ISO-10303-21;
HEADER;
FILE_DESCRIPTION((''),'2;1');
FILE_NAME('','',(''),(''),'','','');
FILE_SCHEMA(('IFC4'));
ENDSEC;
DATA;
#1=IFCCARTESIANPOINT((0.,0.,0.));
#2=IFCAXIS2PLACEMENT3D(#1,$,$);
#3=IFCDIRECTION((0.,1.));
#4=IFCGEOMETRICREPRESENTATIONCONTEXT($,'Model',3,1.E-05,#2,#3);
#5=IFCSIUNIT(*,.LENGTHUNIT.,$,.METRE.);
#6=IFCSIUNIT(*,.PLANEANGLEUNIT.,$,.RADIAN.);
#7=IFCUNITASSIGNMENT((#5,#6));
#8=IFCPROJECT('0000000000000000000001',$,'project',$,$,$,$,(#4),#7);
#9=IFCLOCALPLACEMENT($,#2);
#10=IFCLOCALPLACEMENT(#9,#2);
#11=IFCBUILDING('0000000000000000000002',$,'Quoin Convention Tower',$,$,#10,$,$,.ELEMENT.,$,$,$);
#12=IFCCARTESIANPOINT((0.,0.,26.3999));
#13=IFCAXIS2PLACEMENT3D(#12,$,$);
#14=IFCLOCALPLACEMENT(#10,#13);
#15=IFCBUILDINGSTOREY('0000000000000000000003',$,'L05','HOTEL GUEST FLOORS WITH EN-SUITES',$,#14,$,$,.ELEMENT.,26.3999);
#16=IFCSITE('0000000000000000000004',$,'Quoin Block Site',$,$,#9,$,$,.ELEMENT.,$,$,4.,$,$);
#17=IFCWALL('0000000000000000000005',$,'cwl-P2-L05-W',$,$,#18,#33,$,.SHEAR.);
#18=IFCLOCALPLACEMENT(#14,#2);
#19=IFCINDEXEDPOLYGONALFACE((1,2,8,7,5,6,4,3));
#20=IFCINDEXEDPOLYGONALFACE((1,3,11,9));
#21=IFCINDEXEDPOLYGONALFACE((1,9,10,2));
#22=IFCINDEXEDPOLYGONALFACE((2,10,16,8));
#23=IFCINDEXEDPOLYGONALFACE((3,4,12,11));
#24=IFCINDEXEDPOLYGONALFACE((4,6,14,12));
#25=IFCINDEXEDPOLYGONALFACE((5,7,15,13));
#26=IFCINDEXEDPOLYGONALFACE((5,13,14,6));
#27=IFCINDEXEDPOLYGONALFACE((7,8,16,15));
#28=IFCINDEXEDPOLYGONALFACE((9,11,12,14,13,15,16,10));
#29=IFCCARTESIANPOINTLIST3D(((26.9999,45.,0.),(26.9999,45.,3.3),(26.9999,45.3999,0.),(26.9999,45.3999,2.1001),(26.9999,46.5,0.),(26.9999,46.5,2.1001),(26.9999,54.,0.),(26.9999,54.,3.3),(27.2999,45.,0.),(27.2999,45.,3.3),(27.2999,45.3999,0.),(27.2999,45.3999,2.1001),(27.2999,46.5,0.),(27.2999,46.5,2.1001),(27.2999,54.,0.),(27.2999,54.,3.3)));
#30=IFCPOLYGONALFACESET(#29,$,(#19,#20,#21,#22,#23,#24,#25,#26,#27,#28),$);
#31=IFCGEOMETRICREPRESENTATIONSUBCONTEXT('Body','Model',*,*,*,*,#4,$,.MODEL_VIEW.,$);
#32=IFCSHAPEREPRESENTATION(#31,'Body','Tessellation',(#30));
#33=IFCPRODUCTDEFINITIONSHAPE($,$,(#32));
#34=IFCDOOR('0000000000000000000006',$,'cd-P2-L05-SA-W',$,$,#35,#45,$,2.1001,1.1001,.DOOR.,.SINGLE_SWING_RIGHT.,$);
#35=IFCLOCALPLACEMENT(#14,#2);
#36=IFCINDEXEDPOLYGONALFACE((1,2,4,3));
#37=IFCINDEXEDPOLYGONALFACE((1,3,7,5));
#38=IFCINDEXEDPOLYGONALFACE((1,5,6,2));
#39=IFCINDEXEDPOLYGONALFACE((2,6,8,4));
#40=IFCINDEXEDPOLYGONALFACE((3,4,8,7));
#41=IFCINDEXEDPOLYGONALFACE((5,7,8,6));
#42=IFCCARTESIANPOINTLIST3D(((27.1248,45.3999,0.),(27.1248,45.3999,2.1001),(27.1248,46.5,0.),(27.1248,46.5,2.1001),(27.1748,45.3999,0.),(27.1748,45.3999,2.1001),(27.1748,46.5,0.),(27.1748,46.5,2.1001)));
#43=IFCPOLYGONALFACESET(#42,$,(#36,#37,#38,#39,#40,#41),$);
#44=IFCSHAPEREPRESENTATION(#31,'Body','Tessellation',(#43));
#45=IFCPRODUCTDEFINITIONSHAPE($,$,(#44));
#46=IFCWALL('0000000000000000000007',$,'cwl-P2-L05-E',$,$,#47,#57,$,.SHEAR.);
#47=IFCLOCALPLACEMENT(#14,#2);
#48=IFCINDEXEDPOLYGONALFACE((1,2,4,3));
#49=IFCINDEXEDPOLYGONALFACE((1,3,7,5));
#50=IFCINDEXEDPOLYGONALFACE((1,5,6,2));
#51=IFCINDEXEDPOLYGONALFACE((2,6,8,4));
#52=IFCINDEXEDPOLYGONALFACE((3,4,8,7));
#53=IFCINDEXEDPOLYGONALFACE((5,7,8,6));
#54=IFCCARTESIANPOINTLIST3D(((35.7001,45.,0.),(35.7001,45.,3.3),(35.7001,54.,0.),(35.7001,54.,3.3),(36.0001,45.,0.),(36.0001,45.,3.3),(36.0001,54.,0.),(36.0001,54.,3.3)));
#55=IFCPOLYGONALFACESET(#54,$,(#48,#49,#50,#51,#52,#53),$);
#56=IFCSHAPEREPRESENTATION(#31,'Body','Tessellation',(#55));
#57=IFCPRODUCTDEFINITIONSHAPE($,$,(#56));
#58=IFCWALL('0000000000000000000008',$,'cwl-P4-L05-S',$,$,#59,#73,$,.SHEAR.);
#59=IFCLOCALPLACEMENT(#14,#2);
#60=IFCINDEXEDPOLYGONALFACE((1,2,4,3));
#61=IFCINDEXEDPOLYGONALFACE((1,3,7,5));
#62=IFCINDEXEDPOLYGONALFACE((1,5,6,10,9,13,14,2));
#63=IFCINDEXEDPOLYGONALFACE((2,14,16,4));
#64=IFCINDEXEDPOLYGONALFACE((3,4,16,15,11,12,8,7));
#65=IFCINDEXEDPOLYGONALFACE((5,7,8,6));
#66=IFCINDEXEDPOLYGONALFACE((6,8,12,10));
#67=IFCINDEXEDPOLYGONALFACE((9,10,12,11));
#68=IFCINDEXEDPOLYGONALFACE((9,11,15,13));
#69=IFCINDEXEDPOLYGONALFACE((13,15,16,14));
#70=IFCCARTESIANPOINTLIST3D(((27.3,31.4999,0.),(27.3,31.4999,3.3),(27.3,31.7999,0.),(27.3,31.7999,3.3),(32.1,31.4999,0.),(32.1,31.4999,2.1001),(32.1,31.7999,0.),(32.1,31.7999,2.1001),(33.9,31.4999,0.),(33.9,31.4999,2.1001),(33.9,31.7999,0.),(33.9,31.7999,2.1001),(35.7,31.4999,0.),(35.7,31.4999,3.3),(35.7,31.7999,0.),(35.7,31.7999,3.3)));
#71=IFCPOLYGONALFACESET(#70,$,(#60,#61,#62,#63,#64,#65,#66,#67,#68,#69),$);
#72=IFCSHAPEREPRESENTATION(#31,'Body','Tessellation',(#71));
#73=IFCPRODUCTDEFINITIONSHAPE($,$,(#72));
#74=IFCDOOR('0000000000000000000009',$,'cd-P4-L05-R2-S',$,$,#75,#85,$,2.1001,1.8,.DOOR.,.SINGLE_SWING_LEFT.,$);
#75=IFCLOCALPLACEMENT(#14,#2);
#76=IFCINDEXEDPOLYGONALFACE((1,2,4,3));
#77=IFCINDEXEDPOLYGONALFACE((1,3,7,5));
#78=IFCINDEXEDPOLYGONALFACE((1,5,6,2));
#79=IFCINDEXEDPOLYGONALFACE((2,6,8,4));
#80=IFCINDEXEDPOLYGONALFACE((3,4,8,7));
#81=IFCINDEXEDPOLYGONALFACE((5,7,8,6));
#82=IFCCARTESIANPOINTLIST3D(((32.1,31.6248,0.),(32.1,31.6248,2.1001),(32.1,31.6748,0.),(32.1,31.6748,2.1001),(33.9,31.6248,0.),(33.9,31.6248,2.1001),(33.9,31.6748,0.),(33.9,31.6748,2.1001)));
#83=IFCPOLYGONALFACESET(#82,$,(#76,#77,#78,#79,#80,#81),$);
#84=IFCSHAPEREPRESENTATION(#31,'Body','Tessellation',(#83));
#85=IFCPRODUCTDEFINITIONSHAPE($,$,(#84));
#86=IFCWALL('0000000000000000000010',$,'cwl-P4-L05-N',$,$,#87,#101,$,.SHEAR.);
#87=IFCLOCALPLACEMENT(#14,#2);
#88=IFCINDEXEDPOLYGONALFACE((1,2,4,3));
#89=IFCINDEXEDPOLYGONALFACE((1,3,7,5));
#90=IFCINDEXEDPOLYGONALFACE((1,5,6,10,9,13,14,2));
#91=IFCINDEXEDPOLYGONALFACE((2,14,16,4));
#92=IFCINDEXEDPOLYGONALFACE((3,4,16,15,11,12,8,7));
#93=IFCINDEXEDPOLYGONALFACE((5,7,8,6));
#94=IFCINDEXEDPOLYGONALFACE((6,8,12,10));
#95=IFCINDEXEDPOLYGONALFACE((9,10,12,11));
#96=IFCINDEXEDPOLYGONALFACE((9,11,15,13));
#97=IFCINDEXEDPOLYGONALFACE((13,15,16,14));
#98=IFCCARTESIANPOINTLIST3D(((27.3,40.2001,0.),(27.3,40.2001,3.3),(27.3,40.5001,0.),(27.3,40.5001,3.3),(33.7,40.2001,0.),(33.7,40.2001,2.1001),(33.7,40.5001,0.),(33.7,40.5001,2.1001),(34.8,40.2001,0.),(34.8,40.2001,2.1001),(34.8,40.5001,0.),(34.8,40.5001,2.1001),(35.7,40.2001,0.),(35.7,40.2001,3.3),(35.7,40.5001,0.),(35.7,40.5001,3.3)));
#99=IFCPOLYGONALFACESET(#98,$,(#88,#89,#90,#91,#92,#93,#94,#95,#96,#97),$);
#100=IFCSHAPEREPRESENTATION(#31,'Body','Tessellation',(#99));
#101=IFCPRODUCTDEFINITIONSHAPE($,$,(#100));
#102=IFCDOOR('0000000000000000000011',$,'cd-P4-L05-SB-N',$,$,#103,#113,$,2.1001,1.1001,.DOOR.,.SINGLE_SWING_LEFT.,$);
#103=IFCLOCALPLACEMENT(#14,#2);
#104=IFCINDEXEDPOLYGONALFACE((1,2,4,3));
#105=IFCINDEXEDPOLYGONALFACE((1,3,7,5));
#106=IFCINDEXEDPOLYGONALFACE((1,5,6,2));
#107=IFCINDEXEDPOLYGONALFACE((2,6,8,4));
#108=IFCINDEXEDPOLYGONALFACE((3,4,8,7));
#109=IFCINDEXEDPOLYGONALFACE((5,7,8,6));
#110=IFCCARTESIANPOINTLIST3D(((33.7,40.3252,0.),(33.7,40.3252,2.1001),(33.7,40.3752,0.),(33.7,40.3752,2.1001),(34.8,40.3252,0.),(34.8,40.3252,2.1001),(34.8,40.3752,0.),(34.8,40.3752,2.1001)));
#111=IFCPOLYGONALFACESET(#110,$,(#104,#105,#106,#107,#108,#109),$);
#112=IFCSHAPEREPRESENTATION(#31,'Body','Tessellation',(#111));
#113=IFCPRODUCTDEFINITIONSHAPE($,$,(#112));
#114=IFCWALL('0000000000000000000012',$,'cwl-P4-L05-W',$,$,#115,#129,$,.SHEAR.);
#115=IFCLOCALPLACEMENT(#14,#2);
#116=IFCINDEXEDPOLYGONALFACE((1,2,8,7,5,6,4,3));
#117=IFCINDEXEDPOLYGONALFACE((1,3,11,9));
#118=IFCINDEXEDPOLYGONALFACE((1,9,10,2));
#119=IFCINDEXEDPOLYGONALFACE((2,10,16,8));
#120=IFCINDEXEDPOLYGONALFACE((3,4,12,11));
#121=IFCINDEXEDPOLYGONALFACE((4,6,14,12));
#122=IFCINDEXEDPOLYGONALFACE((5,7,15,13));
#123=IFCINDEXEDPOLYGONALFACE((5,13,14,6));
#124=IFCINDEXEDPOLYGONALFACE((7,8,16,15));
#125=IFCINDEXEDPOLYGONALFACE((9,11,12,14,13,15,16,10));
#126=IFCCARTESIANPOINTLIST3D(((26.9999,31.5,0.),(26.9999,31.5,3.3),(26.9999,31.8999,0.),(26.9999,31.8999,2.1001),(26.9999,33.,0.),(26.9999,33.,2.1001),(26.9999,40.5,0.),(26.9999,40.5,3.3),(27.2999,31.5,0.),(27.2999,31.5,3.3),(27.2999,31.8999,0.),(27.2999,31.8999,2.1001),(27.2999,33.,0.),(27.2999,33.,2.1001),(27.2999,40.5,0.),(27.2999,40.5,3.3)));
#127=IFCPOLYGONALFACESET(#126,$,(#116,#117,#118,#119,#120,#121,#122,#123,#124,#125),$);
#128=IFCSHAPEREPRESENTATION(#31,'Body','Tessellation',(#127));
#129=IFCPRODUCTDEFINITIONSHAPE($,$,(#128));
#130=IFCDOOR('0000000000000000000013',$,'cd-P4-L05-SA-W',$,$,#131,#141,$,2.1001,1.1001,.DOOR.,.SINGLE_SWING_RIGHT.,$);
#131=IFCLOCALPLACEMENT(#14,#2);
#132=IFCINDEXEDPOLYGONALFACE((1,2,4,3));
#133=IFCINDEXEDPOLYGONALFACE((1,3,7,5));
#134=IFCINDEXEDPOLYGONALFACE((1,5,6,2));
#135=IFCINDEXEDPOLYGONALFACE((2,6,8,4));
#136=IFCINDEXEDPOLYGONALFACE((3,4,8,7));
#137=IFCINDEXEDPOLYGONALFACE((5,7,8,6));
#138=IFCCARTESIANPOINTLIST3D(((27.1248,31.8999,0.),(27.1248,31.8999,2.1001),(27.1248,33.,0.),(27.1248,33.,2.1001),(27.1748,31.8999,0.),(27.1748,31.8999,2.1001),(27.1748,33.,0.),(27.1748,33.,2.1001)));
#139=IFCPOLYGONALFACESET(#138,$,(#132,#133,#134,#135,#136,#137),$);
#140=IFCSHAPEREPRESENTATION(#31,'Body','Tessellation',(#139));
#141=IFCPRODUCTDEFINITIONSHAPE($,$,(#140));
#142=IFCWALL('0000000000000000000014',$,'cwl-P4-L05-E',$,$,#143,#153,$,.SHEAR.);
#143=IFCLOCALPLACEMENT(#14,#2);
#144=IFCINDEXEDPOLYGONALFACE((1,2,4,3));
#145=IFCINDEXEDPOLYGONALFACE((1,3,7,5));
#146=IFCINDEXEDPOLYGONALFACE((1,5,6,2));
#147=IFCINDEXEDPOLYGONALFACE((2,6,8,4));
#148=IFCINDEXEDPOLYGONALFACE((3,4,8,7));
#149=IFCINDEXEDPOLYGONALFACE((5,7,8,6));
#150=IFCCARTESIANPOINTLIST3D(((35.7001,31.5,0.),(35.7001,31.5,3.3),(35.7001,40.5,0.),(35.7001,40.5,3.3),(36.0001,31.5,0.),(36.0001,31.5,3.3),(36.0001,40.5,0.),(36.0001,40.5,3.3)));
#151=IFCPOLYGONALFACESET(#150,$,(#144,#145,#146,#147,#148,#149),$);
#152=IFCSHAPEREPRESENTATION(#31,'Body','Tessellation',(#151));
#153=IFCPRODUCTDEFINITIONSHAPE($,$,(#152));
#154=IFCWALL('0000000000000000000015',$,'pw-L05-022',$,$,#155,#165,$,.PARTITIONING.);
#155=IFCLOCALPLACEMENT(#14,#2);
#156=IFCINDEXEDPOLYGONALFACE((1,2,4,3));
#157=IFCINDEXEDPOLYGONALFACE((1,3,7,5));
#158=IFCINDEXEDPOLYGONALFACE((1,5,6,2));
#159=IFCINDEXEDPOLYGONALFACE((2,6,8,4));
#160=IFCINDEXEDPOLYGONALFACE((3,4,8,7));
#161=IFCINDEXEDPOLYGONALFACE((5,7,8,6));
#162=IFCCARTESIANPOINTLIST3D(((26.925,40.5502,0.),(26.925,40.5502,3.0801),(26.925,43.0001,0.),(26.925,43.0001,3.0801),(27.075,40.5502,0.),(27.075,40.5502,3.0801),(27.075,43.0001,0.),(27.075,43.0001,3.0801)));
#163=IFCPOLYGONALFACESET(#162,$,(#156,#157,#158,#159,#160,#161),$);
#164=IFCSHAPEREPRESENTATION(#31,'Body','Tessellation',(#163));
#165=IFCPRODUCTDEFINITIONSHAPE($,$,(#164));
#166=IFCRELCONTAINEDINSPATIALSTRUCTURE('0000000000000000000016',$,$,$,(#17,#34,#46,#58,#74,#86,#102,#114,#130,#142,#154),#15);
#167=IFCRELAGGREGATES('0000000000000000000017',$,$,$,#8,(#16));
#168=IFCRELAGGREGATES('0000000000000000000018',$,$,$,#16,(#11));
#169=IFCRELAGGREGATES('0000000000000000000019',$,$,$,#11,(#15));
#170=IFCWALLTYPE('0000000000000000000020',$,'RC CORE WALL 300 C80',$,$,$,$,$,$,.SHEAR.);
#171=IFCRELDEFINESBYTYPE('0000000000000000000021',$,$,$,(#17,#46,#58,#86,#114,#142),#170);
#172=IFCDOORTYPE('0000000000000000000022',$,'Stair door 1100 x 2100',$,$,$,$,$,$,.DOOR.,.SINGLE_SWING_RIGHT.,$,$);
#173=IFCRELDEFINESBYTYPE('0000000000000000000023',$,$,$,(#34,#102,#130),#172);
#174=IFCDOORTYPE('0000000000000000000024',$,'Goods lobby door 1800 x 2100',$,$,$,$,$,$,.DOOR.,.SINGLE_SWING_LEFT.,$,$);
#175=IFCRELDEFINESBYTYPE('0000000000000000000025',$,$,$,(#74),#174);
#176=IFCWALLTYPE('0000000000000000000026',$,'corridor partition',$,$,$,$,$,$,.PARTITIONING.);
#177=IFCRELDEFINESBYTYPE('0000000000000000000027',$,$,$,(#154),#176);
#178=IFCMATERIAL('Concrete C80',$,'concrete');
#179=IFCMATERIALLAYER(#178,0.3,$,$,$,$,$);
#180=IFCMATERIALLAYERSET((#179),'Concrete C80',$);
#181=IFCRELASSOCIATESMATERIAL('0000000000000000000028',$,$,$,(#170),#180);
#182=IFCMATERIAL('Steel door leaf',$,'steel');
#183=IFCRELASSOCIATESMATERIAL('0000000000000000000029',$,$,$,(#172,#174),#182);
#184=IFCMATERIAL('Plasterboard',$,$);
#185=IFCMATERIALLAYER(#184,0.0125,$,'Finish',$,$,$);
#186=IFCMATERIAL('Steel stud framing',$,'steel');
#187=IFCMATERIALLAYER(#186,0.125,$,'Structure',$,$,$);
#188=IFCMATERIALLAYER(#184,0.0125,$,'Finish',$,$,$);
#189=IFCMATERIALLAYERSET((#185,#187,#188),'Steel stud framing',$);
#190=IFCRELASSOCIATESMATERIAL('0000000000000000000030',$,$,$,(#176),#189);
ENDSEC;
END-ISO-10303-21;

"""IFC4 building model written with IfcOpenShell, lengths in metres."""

from ifc_helpers import new_model, si_unit, direction, frame, frame_2d, origin, place, context, subcontext, project, spatial, rectangle, extrude, material, layer, layer_set, type_object, element, fill, save


model = new_model("IFC4")

# Units and contexts
model_context = context("Model", 3, precision=1e-05, world=origin(), true_north=direction((0.0, 1.0)))
body_context = subcontext(model_context, "Body", "Model", "MODEL_VIEW")
ifc_project = project(units=[si_unit("LENGTHUNIT", "METRE"), si_unit("PLANEANGLEUNIT", "RADIAN")], contexts=[model_context])

# Site, building, storey
site_placement = place(None, origin())
site = spatial("IfcSite", under=ifc_project, at=site_placement, Name="Quoin Block Site", CompositionType="ELEMENT", RefElevation=4.0)
building_placement = place(site_placement, origin())
building = spatial("IfcBuilding", under=site, at=building_placement, Name="Quoin Convention Tower", CompositionType="ELEMENT")
storey_placement = place(building_placement, frame((0.0, 0.0, 26.3999)))
storey = spatial("IfcBuildingStorey", under=building, at=storey_placement, Name="L05", Description="HOTEL GUEST FLOORS WITH EN-SUITES", CompositionType="ELEMENT", Elevation=26.3999)

# Shared definitions
ifc_material_1 = material(Name="Concrete C80", Category="concrete")

# Shared definitions
ifc_material_2 = material(Name="Steel door leaf", Category="steel")

# Wall, opening, door
ifc_layer_1 = layer(ifc_material_1, 0.3)
ifc_layer_set_1 = layer_set([ifc_layer_1], Name="Concrete C80")
wall_type_1 = type_object("IfcWallType", Name="RC CORE WALL 300 C80", PredefinedType="SHEAR", material=ifc_layer_set_1)
wall_1_placement = place(storey_placement, frame((27.1499, 45.0, 0.0), z_axis=(0.0, 0.0, 1.0), x_axis=(0.0, 1.0, 0.0)))
wall_1 = element("IfcWall", 1, at=wall_1_placement, inside=storey, type_object=wall_type_1, Name="cwl-P2-L05-W", PredefinedType="SHEAR", context=body_context, shape_type="SweptSolid", body=[
    extrude(rectangle(XDim=9.0, YDim=0.3, at=frame_2d((4.5, 0.0))), origin(), (0.0, 0.0, 1.0), 3.3),
])
opening_1_placement = place(wall_1_placement, frame((0.3999, 0.0, 0.0)))
opening_1 = element("IfcOpeningElement", 2, at=opening_1_placement, cuts=wall_1, PredefinedType="OPENING", context=body_context, shape_type="SweptSolid", body=[
    extrude(rectangle(XDim=1.1001, YDim=2.1001, at=frame_2d((0.55, 1.05))), frame((0.0, 0.1599, 0.0), z_axis=(0.0, -1.0, 0.0), x_axis=(1.0, 0.0, 0.0)), (0.0, 0.0, 1.0), 0.3201),
])
door_type_1 = type_object("IfcDoorType", Name="Stair door 1100 x 2100", OperationType="SINGLE_SWING_RIGHT", PredefinedType="DOOR", material=ifc_material_2)
door_1_placement = place(opening_1_placement, frame((1.1001, 0.0, 0.0), z_axis=(0.0, 0.0, 1.0), x_axis=(-1.0, 0.0, 0.0)))
door_1 = element("IfcDoor", 3, at=door_1_placement, inside=storey, type_object=door_type_1, Name="cd-P2-L05-SA-W", OperationType="SINGLE_SWING_RIGHT", OverallHeight=2.1001, OverallWidth=1.1001, PredefinedType="DOOR", context=body_context, shape_type="SweptSolid", body=[
    extrude(rectangle(XDim=1.1001, YDim=2.1001, at=frame_2d((0.55, 1.05))), frame((0.0, 0.0249, 0.0), z_axis=(0.0, -1.0, 0.0), x_axis=(1.0, 0.0, 0.0)), (0.0, 0.0, 1.0), 0.05),
])
fill(opening_1, door_1)

# Wall
wall_2_placement = place(storey_placement, frame((35.8501, 45.0, 0.0), z_axis=(0.0, 0.0, 1.0), x_axis=(0.0, 1.0, 0.0)))
element("IfcWall", 4, at=wall_2_placement, inside=storey, type_object=wall_type_1, Name="cwl-P2-L05-E", PredefinedType="SHEAR", context=body_context, shape_type="SweptSolid", body=[
    extrude(rectangle(XDim=9.0, YDim=0.3, at=frame_2d((4.5, 0.0))), origin(), (0.0, 0.0, 1.0), 3.3),
])

# Walls, openings, doors
wall_3_placement = place(storey_placement, frame((27.3, 31.6499, 0.0), z_axis=(0.0, 0.0, 1.0), x_axis=(1.0, 0.0, 0.0)))
wall_3 = element("IfcWall", 5, at=wall_3_placement, inside=storey, type_object=wall_type_1, Name="cwl-P4-L05-S", PredefinedType="SHEAR", context=body_context, shape_type="SweptSolid", body=[
    extrude(rectangle(XDim=8.3999, YDim=0.3, at=frame_2d((4.2, 0.0))), origin(), (0.0, 0.0, 1.0), 3.3),
])
opening_2_placement = place(wall_3_placement, frame((4.8, 0.0, 0.0)))
opening_2 = element("IfcOpeningElement", 6, at=opening_2_placement, cuts=wall_3, PredefinedType="OPENING", context=body_context, shape_type="SweptSolid", body=[
    extrude(rectangle(XDim=1.8, YDim=2.1001, at=frame_2d((0.8999, 1.05))), frame((0.0, 0.1599, 0.0), z_axis=(0.0, -1.0, 0.0), x_axis=(1.0, 0.0, 0.0)), (0.0, 0.0, 1.0), 0.3201),
])
door_type_2 = type_object("IfcDoorType", Name="Goods lobby door 1800 x 2100", OperationType="SINGLE_SWING_LEFT", PredefinedType="DOOR", material=ifc_material_2)
door_2_placement = place(opening_2_placement, origin())
door_2 = element("IfcDoor", 7, at=door_2_placement, inside=storey, type_object=door_type_2, Name="cd-P4-L05-R2-S", OperationType="SINGLE_SWING_LEFT", OverallHeight=2.1001, OverallWidth=1.8, PredefinedType="DOOR", context=body_context, shape_type="SweptSolid", body=[
    extrude(rectangle(XDim=1.8, YDim=2.1001, at=frame_2d((0.8999, 1.05))), frame((0.0, 0.0249, 0.0), z_axis=(0.0, -1.0, 0.0), x_axis=(1.0, 0.0, 0.0)), (0.0, 0.0, 1.0), 0.05),
])
fill(opening_2, door_2)
wall_4_placement = place(storey_placement, frame((27.3, 40.3501, 0.0), z_axis=(0.0, 0.0, 1.0), x_axis=(1.0, 0.0, 0.0)))
wall_4 = element("IfcWall", 8, at=wall_4_placement, inside=storey, type_object=wall_type_1, Name="cwl-P4-L05-N", PredefinedType="SHEAR", context=body_context, shape_type="SweptSolid", body=[
    extrude(rectangle(XDim=8.3999, YDim=0.3, at=frame_2d((4.2, 0.0))), origin(), (0.0, 0.0, 1.0), 3.3),
])
opening_3_placement = place(wall_4_placement, frame((6.3999, 0.0, 0.0)))
opening_3 = element("IfcOpeningElement", 9, at=opening_3_placement, cuts=wall_4, PredefinedType="OPENING", context=body_context, shape_type="SweptSolid", body=[
    extrude(rectangle(XDim=1.1001, YDim=2.1001, at=frame_2d((0.55, 1.05))), frame((0.0, 0.1599, 0.0), z_axis=(0.0, -1.0, 0.0), x_axis=(1.0, 0.0, 0.0)), (0.0, 0.0, 1.0), 0.3201),
])
door_3_placement = place(opening_3_placement, frame((1.1001, 0.0, 0.0), z_axis=(0.0, 0.0, 1.0), x_axis=(-1.0, 0.0, 0.0)))
door_3 = element("IfcDoor", 10, at=door_3_placement, inside=storey, type_object=door_type_1, Name="cd-P4-L05-SB-N", OperationType="SINGLE_SWING_LEFT", OverallHeight=2.1001, OverallWidth=1.1001, PredefinedType="DOOR", context=body_context, shape_type="SweptSolid", body=[
    extrude(rectangle(XDim=1.1001, YDim=2.1001, at=frame_2d((0.55, 1.05))), frame((0.0, 0.0249, 0.0), z_axis=(0.0, -1.0, 0.0), x_axis=(1.0, 0.0, 0.0)), (0.0, 0.0, 1.0), 0.05),
])
fill(opening_3, door_3)
wall_5_placement = place(storey_placement, frame((27.1499, 31.5, 0.0), z_axis=(0.0, 0.0, 1.0), x_axis=(0.0, 1.0, 0.0)))
wall_5 = element("IfcWall", 11, at=wall_5_placement, inside=storey, type_object=wall_type_1, Name="cwl-P4-L05-W", PredefinedType="SHEAR", context=body_context, shape_type="SweptSolid", body=[
    extrude(rectangle(XDim=9.0, YDim=0.3, at=frame_2d((4.5, 0.0))), origin(), (0.0, 0.0, 1.0), 3.3),
])
opening_4_placement = place(wall_5_placement, frame((0.3999, 0.0, 0.0)))
opening_4 = element("IfcOpeningElement", 12, at=opening_4_placement, cuts=wall_5, PredefinedType="OPENING", context=body_context, shape_type="SweptSolid", body=[
    extrude(rectangle(XDim=1.1001, YDim=2.1001, at=frame_2d((0.55, 1.05))), frame((0.0, 0.1599, 0.0), z_axis=(0.0, -1.0, 0.0), x_axis=(1.0, 0.0, 0.0)), (0.0, 0.0, 1.0), 0.3201),
])
door_4_placement = place(opening_4_placement, frame((1.1001, 0.0, 0.0), z_axis=(0.0, 0.0, 1.0), x_axis=(-1.0, 0.0, 0.0)))
door_4 = element("IfcDoor", 13, at=door_4_placement, inside=storey, type_object=door_type_1, Name="cd-P4-L05-SA-W", OperationType="SINGLE_SWING_RIGHT", OverallHeight=2.1001, OverallWidth=1.1001, PredefinedType="DOOR", context=body_context, shape_type="SweptSolid", body=[
    extrude(rectangle(XDim=1.1001, YDim=2.1001, at=frame_2d((0.55, 1.05))), frame((0.0, 0.0249, 0.0), z_axis=(0.0, -1.0, 0.0), x_axis=(1.0, 0.0, 0.0)), (0.0, 0.0, 1.0), 0.05),
])
fill(opening_4, door_4)

# Walls
wall_6_placement = place(storey_placement, frame((35.8501, 31.5, 0.0), z_axis=(0.0, 0.0, 1.0), x_axis=(0.0, 1.0, 0.0)))
element("IfcWall", 14, at=wall_6_placement, inside=storey, type_object=wall_type_1, Name="cwl-P4-L05-E", PredefinedType="SHEAR", context=body_context, shape_type="SweptSolid", body=[
    extrude(rectangle(XDim=9.0, YDim=0.3, at=frame_2d((4.5, 0.0))), origin(), (0.0, 0.0, 1.0), 3.3),
])
ifc_material_3 = material(Name="Plasterboard")
ifc_layer_2 = layer(ifc_material_3, 0.0125, Name="Finish")
ifc_material_4 = material(Name="Steel stud framing", Category="steel")
ifc_layer_3 = layer(ifc_material_4, 0.125, Name="Structure")
ifc_layer_4 = layer(ifc_material_3, 0.0125, Name="Finish")
ifc_layer_set_2 = layer_set([ifc_layer_2, ifc_layer_3, ifc_layer_4], Name="Steel stud framing")
wall_type_2 = type_object("IfcWallType", Name="corridor partition", PredefinedType="PARTITIONING", material=ifc_layer_set_2)
wall_7_placement = place(storey_placement, frame((27.0, 40.55, 0.0), z_axis=(0.0, 0.0, 1.0), x_axis=(0.0, 1.0, 0.0)))
element("IfcWall", 15, at=wall_7_placement, inside=storey, type_object=wall_type_2, Name="pw-L05-022", PredefinedType="PARTITIONING", context=body_context, shape_type="SweptSolid", body=[
    extrude(rectangle(XDim=2.45, YDim=0.1499, at=frame_2d((1.2251, 0.0))), origin(), (0.0, 0.0, 1.0), 3.0801),
])

save(model, "model.ifc")
